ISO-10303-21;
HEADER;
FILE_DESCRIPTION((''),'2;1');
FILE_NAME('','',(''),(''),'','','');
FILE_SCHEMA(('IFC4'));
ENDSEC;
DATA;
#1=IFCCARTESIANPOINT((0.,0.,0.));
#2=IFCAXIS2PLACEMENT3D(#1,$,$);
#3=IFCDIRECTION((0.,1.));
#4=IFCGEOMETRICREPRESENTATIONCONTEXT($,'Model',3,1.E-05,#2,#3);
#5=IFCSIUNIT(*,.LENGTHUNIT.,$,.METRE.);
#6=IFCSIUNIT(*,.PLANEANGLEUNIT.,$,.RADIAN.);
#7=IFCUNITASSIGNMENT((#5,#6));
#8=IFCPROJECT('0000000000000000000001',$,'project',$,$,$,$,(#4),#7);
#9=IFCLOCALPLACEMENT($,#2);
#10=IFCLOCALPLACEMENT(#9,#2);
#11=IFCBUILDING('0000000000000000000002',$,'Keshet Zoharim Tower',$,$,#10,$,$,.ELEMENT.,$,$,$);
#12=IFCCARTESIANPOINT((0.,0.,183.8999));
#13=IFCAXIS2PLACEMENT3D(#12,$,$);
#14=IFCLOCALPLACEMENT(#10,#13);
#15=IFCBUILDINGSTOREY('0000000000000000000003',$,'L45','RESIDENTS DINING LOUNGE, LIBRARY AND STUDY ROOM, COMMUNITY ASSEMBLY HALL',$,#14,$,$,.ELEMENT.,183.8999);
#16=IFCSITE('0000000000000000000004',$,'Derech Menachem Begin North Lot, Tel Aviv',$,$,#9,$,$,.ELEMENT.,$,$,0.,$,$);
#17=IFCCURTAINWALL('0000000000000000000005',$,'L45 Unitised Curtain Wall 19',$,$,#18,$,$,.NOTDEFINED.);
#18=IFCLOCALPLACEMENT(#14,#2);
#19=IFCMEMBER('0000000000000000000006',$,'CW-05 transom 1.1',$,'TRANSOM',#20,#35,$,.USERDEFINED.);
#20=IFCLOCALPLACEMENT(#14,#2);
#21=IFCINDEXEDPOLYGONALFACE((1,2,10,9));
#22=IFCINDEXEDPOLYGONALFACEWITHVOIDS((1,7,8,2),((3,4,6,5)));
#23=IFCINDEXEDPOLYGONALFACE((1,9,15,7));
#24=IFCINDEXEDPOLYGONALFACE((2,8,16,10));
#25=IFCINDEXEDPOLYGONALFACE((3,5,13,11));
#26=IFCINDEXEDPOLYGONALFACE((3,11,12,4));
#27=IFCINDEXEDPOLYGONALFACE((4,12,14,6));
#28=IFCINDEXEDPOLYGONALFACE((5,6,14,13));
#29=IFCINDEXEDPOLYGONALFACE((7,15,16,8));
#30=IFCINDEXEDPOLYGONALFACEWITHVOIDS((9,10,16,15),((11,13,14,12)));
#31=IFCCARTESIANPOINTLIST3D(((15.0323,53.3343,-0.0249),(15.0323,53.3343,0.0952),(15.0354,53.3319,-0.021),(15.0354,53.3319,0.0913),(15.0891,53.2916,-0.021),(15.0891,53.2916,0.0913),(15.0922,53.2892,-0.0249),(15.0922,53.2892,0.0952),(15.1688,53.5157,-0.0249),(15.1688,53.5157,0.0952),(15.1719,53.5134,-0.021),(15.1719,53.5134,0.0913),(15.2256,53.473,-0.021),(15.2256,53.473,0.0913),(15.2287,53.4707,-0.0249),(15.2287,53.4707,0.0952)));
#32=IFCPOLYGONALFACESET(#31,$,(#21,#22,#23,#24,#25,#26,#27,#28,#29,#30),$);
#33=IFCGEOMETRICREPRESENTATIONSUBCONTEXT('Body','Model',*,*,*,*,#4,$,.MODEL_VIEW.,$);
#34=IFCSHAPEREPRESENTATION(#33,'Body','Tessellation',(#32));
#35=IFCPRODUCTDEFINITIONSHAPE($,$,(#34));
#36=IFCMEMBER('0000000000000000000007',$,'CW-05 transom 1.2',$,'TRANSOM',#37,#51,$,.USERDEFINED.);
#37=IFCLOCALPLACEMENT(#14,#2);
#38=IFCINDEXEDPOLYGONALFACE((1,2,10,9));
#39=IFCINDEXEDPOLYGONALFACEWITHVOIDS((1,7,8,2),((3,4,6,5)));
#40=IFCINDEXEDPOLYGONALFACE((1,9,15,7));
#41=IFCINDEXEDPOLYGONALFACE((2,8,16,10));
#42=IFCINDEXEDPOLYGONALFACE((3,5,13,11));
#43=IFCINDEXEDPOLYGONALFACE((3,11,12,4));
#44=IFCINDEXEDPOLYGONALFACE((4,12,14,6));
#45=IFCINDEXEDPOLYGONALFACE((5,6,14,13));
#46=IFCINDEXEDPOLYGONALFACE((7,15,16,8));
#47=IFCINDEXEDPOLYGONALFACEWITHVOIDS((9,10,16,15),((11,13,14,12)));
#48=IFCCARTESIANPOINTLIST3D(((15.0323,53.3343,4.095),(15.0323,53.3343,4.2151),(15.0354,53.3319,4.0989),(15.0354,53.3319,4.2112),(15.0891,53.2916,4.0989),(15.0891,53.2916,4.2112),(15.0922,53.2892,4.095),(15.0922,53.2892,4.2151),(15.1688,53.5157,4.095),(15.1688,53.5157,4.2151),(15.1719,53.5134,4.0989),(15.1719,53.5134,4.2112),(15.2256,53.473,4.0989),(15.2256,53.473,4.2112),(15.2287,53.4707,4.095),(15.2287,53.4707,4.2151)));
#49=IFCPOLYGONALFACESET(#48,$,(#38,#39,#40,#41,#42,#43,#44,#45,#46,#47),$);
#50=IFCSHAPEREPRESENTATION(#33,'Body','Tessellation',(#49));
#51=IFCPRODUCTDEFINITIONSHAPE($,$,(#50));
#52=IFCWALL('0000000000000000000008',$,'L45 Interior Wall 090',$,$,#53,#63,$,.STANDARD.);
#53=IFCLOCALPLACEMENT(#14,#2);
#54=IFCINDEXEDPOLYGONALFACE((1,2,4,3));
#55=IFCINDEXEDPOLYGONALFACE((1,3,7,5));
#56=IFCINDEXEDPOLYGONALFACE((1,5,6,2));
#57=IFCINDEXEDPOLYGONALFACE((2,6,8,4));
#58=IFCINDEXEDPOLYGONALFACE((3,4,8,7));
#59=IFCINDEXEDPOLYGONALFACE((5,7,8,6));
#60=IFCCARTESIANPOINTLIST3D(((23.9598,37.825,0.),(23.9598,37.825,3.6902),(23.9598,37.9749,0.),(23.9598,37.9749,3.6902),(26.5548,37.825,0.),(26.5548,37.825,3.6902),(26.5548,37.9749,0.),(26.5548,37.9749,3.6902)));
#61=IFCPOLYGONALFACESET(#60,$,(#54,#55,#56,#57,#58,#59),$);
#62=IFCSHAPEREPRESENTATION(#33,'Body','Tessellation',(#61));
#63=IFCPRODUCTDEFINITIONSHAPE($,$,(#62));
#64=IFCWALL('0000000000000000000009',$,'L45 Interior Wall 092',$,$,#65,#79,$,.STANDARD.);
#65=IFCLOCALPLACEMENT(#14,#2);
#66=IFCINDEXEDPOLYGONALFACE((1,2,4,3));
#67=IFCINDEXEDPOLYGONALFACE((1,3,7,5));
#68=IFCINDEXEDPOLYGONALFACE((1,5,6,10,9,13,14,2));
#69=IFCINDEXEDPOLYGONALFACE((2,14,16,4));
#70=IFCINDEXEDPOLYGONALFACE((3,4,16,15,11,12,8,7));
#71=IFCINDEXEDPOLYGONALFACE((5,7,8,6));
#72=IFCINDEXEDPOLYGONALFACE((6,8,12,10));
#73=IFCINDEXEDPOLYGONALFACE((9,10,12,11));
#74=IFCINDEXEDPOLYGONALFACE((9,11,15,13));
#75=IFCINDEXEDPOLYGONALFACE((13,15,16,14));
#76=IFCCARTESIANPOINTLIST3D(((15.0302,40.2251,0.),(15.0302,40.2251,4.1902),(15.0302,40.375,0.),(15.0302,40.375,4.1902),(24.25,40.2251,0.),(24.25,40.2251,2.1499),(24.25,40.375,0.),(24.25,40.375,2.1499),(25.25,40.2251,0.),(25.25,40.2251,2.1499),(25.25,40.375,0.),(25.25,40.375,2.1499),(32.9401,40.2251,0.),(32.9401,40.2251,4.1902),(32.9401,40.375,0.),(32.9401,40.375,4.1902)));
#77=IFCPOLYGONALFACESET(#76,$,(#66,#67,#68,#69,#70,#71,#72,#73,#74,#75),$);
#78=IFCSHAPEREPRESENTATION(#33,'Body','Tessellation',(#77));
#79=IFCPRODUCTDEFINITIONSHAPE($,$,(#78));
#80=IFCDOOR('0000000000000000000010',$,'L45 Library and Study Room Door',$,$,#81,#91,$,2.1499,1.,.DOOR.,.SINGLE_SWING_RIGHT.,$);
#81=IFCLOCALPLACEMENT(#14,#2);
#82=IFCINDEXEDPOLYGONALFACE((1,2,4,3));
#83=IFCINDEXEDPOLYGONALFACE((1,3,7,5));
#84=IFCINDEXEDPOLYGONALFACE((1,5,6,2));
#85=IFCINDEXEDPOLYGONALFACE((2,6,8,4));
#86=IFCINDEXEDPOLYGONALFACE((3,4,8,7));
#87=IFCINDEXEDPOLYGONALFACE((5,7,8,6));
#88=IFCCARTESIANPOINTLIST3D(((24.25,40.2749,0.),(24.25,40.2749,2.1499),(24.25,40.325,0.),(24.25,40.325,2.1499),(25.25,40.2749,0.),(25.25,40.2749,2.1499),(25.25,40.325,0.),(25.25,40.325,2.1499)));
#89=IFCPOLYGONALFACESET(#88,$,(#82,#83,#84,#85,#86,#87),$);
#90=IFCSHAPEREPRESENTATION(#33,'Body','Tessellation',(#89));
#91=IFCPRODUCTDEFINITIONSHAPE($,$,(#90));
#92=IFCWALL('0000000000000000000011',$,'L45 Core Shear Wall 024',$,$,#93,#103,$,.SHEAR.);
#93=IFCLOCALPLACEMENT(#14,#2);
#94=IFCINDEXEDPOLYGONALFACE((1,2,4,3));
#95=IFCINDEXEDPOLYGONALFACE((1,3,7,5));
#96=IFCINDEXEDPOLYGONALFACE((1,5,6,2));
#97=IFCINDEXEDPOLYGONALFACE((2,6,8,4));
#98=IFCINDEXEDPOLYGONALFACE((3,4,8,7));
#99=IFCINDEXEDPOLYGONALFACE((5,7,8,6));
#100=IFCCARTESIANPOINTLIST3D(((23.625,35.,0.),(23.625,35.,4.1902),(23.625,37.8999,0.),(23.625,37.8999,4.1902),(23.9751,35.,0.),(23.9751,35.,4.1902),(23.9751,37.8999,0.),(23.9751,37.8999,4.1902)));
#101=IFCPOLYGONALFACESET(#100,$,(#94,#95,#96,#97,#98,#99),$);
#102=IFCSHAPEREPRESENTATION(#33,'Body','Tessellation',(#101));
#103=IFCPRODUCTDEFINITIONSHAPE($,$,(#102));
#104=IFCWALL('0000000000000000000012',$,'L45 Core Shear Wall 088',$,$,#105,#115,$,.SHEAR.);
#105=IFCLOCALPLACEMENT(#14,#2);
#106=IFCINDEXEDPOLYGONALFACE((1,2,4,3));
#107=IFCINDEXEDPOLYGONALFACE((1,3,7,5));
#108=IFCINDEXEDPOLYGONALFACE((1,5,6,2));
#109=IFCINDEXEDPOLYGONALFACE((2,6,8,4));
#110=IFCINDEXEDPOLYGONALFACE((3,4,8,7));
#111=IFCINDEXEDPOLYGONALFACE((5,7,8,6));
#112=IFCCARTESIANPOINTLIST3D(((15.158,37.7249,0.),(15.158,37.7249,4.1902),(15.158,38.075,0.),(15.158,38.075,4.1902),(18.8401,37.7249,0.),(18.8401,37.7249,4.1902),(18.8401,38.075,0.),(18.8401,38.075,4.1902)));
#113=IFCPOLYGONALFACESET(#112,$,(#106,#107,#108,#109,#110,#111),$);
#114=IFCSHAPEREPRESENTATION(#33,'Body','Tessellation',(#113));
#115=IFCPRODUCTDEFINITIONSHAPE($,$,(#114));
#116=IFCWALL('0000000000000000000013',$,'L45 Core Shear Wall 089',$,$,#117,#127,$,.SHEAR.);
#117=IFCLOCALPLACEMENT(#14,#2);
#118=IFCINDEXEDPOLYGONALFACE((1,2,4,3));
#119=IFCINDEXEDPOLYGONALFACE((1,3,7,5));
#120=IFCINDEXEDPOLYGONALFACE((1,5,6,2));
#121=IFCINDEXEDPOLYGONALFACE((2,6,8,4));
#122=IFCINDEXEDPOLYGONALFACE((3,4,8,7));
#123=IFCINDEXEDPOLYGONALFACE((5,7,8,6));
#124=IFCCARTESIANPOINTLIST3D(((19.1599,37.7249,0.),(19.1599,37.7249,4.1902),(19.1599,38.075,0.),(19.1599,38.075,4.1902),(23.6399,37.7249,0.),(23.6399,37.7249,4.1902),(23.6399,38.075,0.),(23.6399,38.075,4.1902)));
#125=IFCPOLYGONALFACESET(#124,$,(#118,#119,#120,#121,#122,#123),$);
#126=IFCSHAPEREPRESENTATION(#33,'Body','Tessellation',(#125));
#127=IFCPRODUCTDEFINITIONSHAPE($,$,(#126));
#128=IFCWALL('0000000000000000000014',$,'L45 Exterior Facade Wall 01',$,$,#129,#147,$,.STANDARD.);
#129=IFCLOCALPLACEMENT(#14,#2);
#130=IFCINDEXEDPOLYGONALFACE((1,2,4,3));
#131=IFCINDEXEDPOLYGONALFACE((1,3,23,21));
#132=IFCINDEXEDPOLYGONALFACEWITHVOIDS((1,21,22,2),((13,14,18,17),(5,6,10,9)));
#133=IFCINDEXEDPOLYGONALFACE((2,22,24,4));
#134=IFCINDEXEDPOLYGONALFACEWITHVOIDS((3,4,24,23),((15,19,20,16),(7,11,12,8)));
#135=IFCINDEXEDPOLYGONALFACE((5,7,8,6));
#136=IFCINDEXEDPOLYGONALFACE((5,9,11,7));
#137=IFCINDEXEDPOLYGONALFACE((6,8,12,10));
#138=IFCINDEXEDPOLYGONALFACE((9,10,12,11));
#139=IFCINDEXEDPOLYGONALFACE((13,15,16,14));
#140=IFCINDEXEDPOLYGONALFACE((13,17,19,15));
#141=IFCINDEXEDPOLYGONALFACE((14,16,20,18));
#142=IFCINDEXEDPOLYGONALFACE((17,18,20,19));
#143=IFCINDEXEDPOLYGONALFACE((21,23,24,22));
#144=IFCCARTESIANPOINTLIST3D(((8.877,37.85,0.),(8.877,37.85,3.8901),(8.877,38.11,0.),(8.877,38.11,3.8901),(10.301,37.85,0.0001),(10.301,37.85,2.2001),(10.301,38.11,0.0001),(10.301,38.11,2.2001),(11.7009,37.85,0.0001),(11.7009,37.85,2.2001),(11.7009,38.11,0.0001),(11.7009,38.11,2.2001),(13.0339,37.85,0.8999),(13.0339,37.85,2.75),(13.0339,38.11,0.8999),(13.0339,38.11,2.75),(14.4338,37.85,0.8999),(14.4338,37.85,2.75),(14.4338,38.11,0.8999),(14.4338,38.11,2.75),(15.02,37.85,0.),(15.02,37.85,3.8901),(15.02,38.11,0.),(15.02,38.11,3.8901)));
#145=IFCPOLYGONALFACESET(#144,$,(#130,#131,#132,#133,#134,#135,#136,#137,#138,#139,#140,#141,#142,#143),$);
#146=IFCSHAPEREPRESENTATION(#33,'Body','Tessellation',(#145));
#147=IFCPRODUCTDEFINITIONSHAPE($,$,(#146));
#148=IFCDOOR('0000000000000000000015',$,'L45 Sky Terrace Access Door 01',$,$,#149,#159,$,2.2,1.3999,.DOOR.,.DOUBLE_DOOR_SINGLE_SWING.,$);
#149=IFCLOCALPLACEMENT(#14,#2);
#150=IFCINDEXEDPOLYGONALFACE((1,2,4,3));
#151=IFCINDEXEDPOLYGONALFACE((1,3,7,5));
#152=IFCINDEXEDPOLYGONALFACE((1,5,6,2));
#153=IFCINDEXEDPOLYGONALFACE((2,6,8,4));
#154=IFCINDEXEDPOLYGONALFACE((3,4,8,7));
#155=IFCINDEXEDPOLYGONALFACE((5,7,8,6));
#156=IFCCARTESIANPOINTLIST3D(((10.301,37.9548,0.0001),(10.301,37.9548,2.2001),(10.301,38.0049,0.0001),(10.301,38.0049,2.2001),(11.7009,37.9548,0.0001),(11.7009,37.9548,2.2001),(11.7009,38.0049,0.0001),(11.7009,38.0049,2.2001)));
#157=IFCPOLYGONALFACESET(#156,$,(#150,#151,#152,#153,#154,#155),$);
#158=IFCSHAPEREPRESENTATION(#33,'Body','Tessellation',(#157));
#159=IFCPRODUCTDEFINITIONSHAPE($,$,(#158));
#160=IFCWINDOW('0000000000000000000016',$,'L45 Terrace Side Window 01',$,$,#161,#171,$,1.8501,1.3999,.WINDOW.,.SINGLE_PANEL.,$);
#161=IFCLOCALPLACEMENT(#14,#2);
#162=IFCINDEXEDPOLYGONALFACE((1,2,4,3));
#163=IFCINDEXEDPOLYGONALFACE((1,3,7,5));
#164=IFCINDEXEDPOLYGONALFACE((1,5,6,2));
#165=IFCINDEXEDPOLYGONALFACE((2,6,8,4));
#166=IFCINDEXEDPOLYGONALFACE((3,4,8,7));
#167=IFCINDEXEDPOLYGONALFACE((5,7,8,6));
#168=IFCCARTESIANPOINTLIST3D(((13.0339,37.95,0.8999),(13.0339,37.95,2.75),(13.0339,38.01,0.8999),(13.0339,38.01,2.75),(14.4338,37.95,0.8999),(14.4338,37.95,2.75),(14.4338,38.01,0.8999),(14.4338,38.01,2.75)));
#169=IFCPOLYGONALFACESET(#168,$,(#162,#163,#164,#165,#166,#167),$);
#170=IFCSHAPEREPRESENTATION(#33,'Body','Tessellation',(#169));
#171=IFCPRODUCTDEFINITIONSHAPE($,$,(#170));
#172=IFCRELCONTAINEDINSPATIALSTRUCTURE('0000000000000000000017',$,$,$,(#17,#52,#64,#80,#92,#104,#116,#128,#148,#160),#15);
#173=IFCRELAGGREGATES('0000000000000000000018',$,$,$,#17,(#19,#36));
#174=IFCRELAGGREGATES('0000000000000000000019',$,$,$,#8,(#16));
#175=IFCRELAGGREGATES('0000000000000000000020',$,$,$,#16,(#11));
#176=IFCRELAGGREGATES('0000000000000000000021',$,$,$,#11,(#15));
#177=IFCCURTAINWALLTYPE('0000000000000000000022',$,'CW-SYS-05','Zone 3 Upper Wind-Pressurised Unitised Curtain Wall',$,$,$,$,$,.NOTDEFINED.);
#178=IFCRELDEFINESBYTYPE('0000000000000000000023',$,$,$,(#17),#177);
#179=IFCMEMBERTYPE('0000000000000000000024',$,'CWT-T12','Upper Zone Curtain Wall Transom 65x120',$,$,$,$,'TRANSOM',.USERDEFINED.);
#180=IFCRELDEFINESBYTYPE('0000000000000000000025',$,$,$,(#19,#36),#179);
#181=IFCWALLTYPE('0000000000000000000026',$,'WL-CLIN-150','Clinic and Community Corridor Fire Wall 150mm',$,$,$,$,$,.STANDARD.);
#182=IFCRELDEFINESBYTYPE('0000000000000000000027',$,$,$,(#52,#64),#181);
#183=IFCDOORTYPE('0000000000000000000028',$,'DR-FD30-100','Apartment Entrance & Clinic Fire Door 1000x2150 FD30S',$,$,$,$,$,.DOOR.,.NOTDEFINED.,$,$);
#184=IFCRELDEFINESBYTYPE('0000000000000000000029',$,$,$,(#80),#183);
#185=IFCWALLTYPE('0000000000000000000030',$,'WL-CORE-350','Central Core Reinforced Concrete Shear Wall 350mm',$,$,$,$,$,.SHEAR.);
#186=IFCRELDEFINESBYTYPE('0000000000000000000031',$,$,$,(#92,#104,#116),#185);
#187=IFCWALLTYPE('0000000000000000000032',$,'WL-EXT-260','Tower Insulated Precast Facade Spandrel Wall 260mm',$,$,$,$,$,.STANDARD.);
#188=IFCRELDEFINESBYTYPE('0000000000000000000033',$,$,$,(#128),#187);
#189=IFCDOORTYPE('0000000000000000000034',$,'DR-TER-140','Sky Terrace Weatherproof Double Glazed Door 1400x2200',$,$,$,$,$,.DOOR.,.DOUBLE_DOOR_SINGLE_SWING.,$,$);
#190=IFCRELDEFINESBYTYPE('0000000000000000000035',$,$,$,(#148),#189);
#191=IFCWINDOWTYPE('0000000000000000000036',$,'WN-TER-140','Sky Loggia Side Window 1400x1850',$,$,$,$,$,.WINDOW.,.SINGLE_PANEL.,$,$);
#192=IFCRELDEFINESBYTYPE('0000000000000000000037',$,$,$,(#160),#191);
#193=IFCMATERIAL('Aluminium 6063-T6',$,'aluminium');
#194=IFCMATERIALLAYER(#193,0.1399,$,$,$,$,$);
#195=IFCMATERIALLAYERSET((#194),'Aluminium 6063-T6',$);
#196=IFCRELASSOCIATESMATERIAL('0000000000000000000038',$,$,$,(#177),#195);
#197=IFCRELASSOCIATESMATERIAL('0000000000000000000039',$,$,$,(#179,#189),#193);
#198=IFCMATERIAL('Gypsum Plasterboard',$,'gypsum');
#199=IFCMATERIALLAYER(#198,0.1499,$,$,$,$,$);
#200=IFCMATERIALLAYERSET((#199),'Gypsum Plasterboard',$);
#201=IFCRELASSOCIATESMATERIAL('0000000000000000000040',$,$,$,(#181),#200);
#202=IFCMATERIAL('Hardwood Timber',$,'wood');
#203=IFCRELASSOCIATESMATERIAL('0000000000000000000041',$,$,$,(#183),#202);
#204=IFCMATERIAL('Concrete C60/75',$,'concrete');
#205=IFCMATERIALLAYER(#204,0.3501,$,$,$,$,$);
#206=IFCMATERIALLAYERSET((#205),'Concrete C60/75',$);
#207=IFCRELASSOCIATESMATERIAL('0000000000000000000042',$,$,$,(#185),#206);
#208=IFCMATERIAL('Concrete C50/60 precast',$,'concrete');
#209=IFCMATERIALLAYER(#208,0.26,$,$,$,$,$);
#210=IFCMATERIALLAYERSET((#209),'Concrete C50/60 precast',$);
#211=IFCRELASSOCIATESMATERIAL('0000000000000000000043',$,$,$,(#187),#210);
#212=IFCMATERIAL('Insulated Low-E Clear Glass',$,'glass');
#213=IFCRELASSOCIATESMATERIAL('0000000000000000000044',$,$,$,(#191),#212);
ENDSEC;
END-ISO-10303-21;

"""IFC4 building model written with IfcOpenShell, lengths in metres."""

from ifc_helpers import new_model, si_unit, direction, frame, frame_2d, origin, origin_2d, place, context, subcontext, project, spatial, rectangle, hollow_rectangle, extrude, material, layer, layer_set, material_profile, profile_set, type_object, element, fill, aggregate, save


model = new_model("IFC4")

# Units and contexts
model_context = context("Model", 3, precision=1e-05, world=origin(), true_north=direction((0.0, 1.0)))
body_context = subcontext(model_context, "Body", "Model", "MODEL_VIEW")
ifc_project = project(units=[si_unit("LENGTHUNIT", "METRE"), si_unit("PLANEANGLEUNIT", "RADIAN")], contexts=[model_context])

# Site, building, storey
site_placement = place(None, origin())
site = spatial("IfcSite", under=ifc_project, at=site_placement, Name="Derech Menachem Begin North Lot, Tel Aviv", CompositionType="ELEMENT", RefElevation=0.0)
building_placement = place(site_placement, origin())
building = spatial("IfcBuilding", under=site, at=building_placement, Name="Keshet Zoharim Tower", CompositionType="ELEMENT")
storey_placement = place(building_placement, frame((0.0, 0.0, 183.8999)))
storey = spatial("IfcBuildingStorey", under=building, at=storey_placement, Name="L45", Description="RESIDENTS DINING LOUNGE, LIBRARY AND STUDY ROOM, COMMUNITY ASSEMBLY HALL", CompositionType="ELEMENT", Elevation=183.8999)

# Shared definitions
ifc_material_1 = material(Name="Aluminium 6063-T6", Category="aluminium")
ifc_layer_1 = layer(ifc_material_1, 0.1399)
ifc_layer_set_1 = layer_set([ifc_layer_1], Name="Aluminium 6063-T6")
curtain_wall_type = type_object("IfcCurtainWallType", Name="CW-SYS-05", Description="Zone 3 Upper Wind-Pressurised Unitised Curtain Wall", PredefinedType="NOTDEFINED", material=ifc_layer_set_1)

# Curtain wall, members
curtain_wall_1_placement = place(storey_placement, origin())
curtain_wall_1 = element("IfcCurtainWall", 1, at=curtain_wall_1_placement, inside=storey, type_object=curtain_wall_type, Name="L45 Unitised Curtain Wall 19", PredefinedType="NOTDEFINED")
ifc_material_profile_1 = material_profile(ifc_material_1, hollow_rectangle(XDim=0.075, YDim=0.1201, WallThickness=0.0039, at=origin_2d()), Name="TRN-75x120")
ifc_profile_set_1 = profile_set([ifc_material_profile_1], Name="Aluminium 6063-T6")
member_type_1 = type_object("IfcMemberType", Name="CWT-T12", Description="Upper Zone Curtain Wall Transom 65x120", ElementType="TRANSOM", PredefinedType="USERDEFINED", material=ifc_profile_set_1)
member_1_placement = place(storey_placement, frame((15.0623, 53.3118, 0.0352), z_axis=(0.601204, 0.799096, 0.0), x_axis=(-0.799096, 0.601204, 0.0)))
member_1 = element("IfcMember", 2, at=member_1_placement, type_object=member_type_1, Name="CW-05 transom 1.1", ObjectType="TRANSOM", PredefinedType="USERDEFINED", context=body_context, shape_type="SweptSolid", body=[
    extrude(hollow_rectangle(XDim=0.075, YDim=0.1201, WallThickness=0.0039, at=origin_2d()), origin(), (0.0, 0.0, 1.0), 0.2271),
])
member_2_placement = place(storey_placement, frame((15.0623, 53.3118, 4.155), z_axis=(0.601204, 0.799096, 0.0), x_axis=(-0.799096, 0.601204, 0.0)))
member_2 = element("IfcMember", 3, at=member_2_placement, type_object=member_type_1, Name="CW-05 transom 1.2", ObjectType="TRANSOM", PredefinedType="USERDEFINED", context=body_context, shape_type="SweptSolid", body=[
    extrude(hollow_rectangle(XDim=0.075, YDim=0.1201, WallThickness=0.0039, at=origin_2d()), origin(), (0.0, 0.0, 1.0), 0.2271),
])
aggregate(curtain_wall_1, [member_1, member_2])

# Wall
ifc_material_2 = material(Name="Gypsum Plasterboard", Category="gypsum")
ifc_layer_2 = layer(ifc_material_2, 0.1499)
ifc_layer_set_2 = layer_set([ifc_layer_2], Name="Gypsum Plasterboard")
wall_type_1 = type_object("IfcWallType", Name="WL-CLIN-150", Description="Clinic and Community Corridor Fire Wall 150mm", PredefinedType="STANDARD", material=ifc_layer_set_2)
wall_1_placement = place(storey_placement, frame((23.96, 37.8999, 0.0), z_axis=(0.0, 0.0, 1.0), x_axis=(1.0, 0.0, 0.0)))
element("IfcWall", 4, at=wall_1_placement, inside=storey, type_object=wall_type_1, Name="L45 Interior Wall 090", PredefinedType="STANDARD", context=body_context, shape_type="SweptSolid", body=[
    extrude(rectangle(XDim=2.595, YDim=0.1499, at=frame_2d((1.2974, 0.0))), origin(), (0.0, 0.0, 1.0), 3.6902),
])

# Wall, opening, door
wall_2_placement = place(storey_placement, frame((15.03, 40.3, 0.0), z_axis=(0.0, 0.0, 1.0), x_axis=(1.0, 0.0, 0.0)))
wall_2 = element("IfcWall", 5, at=wall_2_placement, inside=storey, type_object=wall_type_1, Name="L45 Interior Wall 092", PredefinedType="STANDARD", context=body_context, shape_type="SweptSolid", body=[
    extrude(rectangle(XDim=17.9099, YDim=0.1499, at=frame_2d((8.9551, 0.0))), origin(), (0.0, 0.0, 1.0), 4.1902),
])
opening_1_placement = place(wall_2_placement, frame((9.22, 0.0, 0.0)))
opening_1 = element("IfcOpeningElement", 6, at=opening_1_placement, cuts=wall_2, PredefinedType="OPENING", context=body_context, shape_type="SweptSolid", body=[
    extrude(rectangle(XDim=1.0, YDim=2.1499, at=frame_2d((0.5, 1.075))), frame((0.0, 0.085, 0.0), z_axis=(0.0, -1.0, 0.0), x_axis=(1.0, 0.0, 0.0)), (0.0, 0.0, 1.0), 0.1699),
])
ifc_material_3 = material(Name="Hardwood Timber", Category="wood")
door_type_1 = type_object("IfcDoorType", Name="DR-FD30-100", Description="Apartment Entrance & Clinic Fire Door 1000x2150 FD30S", OperationType="NOTDEFINED", PredefinedType="DOOR", material=ifc_material_3)
door_1_placement = place(opening_1_placement, origin())
door_1 = element("IfcDoor", 7, at=door_1_placement, inside=storey, type_object=door_type_1, Name="L45 Library and Study Room Door", OperationType="SINGLE_SWING_RIGHT", OverallHeight=2.1499, OverallWidth=1.0, PredefinedType="DOOR", context=body_context, shape_type="SweptSolid", body=[
    extrude(rectangle(XDim=1.0, YDim=2.1499, at=frame_2d((0.5, 1.075))), frame((0.0, 0.0249, 0.0), z_axis=(0.0, -1.0, 0.0), x_axis=(1.0, 0.0, 0.0)), (0.0, 0.0, 1.0), 0.05),
])
fill(opening_1, door_1)

# Wall
ifc_material_4 = material(Name="Concrete C60/75", Category="concrete")
ifc_layer_3 = layer(ifc_material_4, 0.3501)
ifc_layer_set_3 = layer_set([ifc_layer_3], Name="Concrete C60/75")
wall_type_2 = type_object("IfcWallType", Name="WL-CORE-350", Description="Central Core Reinforced Concrete Shear Wall 350mm", PredefinedType="SHEAR", material=ifc_layer_set_3)
wall_3_placement = place(storey_placement, frame((23.8, 35.0, 0.0), z_axis=(0.0, 0.0, 1.0), x_axis=(0.0, 1.0, 0.0)))
element("IfcWall", 8, at=wall_3_placement, inside=storey, type_object=wall_type_2, Name="L45 Core Shear Wall 024", PredefinedType="SHEAR", context=body_context, shape_type="SweptSolid", body=[
    extrude(rectangle(XDim=2.8999, YDim=0.3501, at=frame_2d((1.45, 0.0))), origin(), (0.0, 0.0, 1.0), 4.1902),
])

# Walls
wall_4_placement = place(storey_placement, frame((15.158, 37.8999, 0.0), z_axis=(0.0, 0.0, 1.0), x_axis=(1.0, 0.0, 0.0)))
element("IfcWall", 9, at=wall_4_placement, inside=storey, type_object=wall_type_2, Name="L45 Core Shear Wall 088", PredefinedType="SHEAR", context=body_context, shape_type="SweptSolid", body=[
    extrude(rectangle(XDim=3.6821, YDim=0.3501, at=frame_2d((1.8411, 0.0))), origin(), (0.0, 0.0, 1.0), 4.1902),
])
wall_5_placement = place(storey_placement, frame((19.1599, 37.8999, 0.0), z_axis=(0.0, 0.0, 1.0), x_axis=(1.0, 0.0, 0.0)))
element("IfcWall", 10, at=wall_5_placement, inside=storey, type_object=wall_type_2, Name="L45 Core Shear Wall 089", PredefinedType="SHEAR", context=body_context, shape_type="SweptSolid", body=[
    extrude(rectangle(XDim=4.48, YDim=0.3501, at=frame_2d((2.24, 0.0))), origin(), (0.0, 0.0, 1.0), 4.1902),
])

# Wall, openings, door, window
ifc_material_5 = material(Name="Concrete C50/60 precast", Category="concrete")
ifc_layer_4 = layer(ifc_material_5, 0.26)
ifc_layer_set_4 = layer_set([ifc_layer_4], Name="Concrete C50/60 precast")
wall_type_3 = type_object("IfcWallType", Name="WL-EXT-260", Description="Tower Insulated Precast Facade Spandrel Wall 260mm", PredefinedType="STANDARD", material=ifc_layer_set_4)
wall_6_placement = place(storey_placement, frame((8.877, 37.98, 0.0), z_axis=(0.0, 0.0, 1.0), x_axis=(1.0, 0.0, 0.0)))
wall_6 = element("IfcWall", 11, at=wall_6_placement, inside=storey, type_object=wall_type_3, Name="L45 Exterior Facade Wall 01", PredefinedType="STANDARD", context=body_context, shape_type="SweptSolid", body=[
    extrude(rectangle(XDim=6.1431, YDim=0.26, at=frame_2d((3.0715, 0.0))), origin(), (0.0, 0.0, 1.0), 3.8901),
])
opening_2_placement = place(wall_6_placement, frame((1.4241, 0.0, 0.0)))
opening_2 = element("IfcOpeningElement", 12, at=opening_2_placement, cuts=wall_6, PredefinedType="OPENING", context=body_context, shape_type="SweptSolid", body=[
    extrude(rectangle(XDim=1.3999, YDim=2.2, at=frame_2d((0.7, 1.1001))), frame((0.0, 0.1401, 0.0), z_axis=(0.0, -1.0, 0.0), x_axis=(1.0, 0.0, 0.0)), (0.0, 0.0, 1.0), 0.28),
])
opening_3_placement = place(wall_6_placement, frame((4.157, 0.0, 0.8999)))
opening_3 = element("IfcOpeningElement", 13, at=opening_3_placement, cuts=wall_6, PredefinedType="OPENING", context=body_context, shape_type="SweptSolid", body=[
    extrude(rectangle(XDim=1.3999, YDim=1.8501, at=frame_2d((0.7, 0.925))), frame((0.0, 0.1401, 0.0), z_axis=(0.0, -1.0, 0.0), x_axis=(1.0, 0.0, 0.0)), (0.0, 0.0, 1.0), 0.28),
])
door_type_2 = type_object("IfcDoorType", Name="DR-TER-140", Description="Sky Terrace Weatherproof Double Glazed Door 1400x2200", OperationType="DOUBLE_DOOR_SINGLE_SWING", PredefinedType="DOOR", material=ifc_material_1)
door_2_placement = place(opening_2_placement, origin())
door_2 = element("IfcDoor", 14, at=door_2_placement, inside=storey, type_object=door_type_2, Name="L45 Sky Terrace Access Door 01", OperationType="DOUBLE_DOOR_SINGLE_SWING", OverallHeight=2.2, OverallWidth=1.3999, PredefinedType="DOOR", context=body_context, shape_type="SweptSolid", body=[
    extrude(rectangle(XDim=1.3999, YDim=2.2, at=frame_2d((0.7, 1.1001))), frame((0.0, 0.0249, 0.0), z_axis=(0.0, -1.0, 0.0), x_axis=(1.0, 0.0, 0.0)), (0.0, 0.0, 1.0), 0.05),
])
fill(opening_2, door_2)
ifc_material_6 = material(Name="Insulated Low-E Clear Glass", Category="glass")
window_type_1 = type_object("IfcWindowType", Name="WN-TER-140", Description="Sky Loggia Side Window 1400x1850", PartitioningType="SINGLE_PANEL", PredefinedType="WINDOW", material=ifc_material_6)
window_1_placement = place(opening_3_placement, origin())
window_1 = element("IfcWindow", 15, at=window_1_placement, inside=storey, type_object=window_type_1, Name="L45 Terrace Side Window 01", OverallHeight=1.8501, OverallWidth=1.3999, PartitioningType="SINGLE_PANEL", PredefinedType="WINDOW", context=body_context, shape_type="SweptSolid", body=[
    extrude(rectangle(XDim=1.3999, YDim=1.8501, at=frame_2d((0.7, 0.925))), frame((0.0, 0.03, 0.0), z_axis=(0.0, -1.0, 0.0), x_axis=(1.0, 0.0, 0.0)), (0.0, 0.0, 1.0), 0.0601),
])
fill(opening_3, window_1)

save(model, "model.ifc")
